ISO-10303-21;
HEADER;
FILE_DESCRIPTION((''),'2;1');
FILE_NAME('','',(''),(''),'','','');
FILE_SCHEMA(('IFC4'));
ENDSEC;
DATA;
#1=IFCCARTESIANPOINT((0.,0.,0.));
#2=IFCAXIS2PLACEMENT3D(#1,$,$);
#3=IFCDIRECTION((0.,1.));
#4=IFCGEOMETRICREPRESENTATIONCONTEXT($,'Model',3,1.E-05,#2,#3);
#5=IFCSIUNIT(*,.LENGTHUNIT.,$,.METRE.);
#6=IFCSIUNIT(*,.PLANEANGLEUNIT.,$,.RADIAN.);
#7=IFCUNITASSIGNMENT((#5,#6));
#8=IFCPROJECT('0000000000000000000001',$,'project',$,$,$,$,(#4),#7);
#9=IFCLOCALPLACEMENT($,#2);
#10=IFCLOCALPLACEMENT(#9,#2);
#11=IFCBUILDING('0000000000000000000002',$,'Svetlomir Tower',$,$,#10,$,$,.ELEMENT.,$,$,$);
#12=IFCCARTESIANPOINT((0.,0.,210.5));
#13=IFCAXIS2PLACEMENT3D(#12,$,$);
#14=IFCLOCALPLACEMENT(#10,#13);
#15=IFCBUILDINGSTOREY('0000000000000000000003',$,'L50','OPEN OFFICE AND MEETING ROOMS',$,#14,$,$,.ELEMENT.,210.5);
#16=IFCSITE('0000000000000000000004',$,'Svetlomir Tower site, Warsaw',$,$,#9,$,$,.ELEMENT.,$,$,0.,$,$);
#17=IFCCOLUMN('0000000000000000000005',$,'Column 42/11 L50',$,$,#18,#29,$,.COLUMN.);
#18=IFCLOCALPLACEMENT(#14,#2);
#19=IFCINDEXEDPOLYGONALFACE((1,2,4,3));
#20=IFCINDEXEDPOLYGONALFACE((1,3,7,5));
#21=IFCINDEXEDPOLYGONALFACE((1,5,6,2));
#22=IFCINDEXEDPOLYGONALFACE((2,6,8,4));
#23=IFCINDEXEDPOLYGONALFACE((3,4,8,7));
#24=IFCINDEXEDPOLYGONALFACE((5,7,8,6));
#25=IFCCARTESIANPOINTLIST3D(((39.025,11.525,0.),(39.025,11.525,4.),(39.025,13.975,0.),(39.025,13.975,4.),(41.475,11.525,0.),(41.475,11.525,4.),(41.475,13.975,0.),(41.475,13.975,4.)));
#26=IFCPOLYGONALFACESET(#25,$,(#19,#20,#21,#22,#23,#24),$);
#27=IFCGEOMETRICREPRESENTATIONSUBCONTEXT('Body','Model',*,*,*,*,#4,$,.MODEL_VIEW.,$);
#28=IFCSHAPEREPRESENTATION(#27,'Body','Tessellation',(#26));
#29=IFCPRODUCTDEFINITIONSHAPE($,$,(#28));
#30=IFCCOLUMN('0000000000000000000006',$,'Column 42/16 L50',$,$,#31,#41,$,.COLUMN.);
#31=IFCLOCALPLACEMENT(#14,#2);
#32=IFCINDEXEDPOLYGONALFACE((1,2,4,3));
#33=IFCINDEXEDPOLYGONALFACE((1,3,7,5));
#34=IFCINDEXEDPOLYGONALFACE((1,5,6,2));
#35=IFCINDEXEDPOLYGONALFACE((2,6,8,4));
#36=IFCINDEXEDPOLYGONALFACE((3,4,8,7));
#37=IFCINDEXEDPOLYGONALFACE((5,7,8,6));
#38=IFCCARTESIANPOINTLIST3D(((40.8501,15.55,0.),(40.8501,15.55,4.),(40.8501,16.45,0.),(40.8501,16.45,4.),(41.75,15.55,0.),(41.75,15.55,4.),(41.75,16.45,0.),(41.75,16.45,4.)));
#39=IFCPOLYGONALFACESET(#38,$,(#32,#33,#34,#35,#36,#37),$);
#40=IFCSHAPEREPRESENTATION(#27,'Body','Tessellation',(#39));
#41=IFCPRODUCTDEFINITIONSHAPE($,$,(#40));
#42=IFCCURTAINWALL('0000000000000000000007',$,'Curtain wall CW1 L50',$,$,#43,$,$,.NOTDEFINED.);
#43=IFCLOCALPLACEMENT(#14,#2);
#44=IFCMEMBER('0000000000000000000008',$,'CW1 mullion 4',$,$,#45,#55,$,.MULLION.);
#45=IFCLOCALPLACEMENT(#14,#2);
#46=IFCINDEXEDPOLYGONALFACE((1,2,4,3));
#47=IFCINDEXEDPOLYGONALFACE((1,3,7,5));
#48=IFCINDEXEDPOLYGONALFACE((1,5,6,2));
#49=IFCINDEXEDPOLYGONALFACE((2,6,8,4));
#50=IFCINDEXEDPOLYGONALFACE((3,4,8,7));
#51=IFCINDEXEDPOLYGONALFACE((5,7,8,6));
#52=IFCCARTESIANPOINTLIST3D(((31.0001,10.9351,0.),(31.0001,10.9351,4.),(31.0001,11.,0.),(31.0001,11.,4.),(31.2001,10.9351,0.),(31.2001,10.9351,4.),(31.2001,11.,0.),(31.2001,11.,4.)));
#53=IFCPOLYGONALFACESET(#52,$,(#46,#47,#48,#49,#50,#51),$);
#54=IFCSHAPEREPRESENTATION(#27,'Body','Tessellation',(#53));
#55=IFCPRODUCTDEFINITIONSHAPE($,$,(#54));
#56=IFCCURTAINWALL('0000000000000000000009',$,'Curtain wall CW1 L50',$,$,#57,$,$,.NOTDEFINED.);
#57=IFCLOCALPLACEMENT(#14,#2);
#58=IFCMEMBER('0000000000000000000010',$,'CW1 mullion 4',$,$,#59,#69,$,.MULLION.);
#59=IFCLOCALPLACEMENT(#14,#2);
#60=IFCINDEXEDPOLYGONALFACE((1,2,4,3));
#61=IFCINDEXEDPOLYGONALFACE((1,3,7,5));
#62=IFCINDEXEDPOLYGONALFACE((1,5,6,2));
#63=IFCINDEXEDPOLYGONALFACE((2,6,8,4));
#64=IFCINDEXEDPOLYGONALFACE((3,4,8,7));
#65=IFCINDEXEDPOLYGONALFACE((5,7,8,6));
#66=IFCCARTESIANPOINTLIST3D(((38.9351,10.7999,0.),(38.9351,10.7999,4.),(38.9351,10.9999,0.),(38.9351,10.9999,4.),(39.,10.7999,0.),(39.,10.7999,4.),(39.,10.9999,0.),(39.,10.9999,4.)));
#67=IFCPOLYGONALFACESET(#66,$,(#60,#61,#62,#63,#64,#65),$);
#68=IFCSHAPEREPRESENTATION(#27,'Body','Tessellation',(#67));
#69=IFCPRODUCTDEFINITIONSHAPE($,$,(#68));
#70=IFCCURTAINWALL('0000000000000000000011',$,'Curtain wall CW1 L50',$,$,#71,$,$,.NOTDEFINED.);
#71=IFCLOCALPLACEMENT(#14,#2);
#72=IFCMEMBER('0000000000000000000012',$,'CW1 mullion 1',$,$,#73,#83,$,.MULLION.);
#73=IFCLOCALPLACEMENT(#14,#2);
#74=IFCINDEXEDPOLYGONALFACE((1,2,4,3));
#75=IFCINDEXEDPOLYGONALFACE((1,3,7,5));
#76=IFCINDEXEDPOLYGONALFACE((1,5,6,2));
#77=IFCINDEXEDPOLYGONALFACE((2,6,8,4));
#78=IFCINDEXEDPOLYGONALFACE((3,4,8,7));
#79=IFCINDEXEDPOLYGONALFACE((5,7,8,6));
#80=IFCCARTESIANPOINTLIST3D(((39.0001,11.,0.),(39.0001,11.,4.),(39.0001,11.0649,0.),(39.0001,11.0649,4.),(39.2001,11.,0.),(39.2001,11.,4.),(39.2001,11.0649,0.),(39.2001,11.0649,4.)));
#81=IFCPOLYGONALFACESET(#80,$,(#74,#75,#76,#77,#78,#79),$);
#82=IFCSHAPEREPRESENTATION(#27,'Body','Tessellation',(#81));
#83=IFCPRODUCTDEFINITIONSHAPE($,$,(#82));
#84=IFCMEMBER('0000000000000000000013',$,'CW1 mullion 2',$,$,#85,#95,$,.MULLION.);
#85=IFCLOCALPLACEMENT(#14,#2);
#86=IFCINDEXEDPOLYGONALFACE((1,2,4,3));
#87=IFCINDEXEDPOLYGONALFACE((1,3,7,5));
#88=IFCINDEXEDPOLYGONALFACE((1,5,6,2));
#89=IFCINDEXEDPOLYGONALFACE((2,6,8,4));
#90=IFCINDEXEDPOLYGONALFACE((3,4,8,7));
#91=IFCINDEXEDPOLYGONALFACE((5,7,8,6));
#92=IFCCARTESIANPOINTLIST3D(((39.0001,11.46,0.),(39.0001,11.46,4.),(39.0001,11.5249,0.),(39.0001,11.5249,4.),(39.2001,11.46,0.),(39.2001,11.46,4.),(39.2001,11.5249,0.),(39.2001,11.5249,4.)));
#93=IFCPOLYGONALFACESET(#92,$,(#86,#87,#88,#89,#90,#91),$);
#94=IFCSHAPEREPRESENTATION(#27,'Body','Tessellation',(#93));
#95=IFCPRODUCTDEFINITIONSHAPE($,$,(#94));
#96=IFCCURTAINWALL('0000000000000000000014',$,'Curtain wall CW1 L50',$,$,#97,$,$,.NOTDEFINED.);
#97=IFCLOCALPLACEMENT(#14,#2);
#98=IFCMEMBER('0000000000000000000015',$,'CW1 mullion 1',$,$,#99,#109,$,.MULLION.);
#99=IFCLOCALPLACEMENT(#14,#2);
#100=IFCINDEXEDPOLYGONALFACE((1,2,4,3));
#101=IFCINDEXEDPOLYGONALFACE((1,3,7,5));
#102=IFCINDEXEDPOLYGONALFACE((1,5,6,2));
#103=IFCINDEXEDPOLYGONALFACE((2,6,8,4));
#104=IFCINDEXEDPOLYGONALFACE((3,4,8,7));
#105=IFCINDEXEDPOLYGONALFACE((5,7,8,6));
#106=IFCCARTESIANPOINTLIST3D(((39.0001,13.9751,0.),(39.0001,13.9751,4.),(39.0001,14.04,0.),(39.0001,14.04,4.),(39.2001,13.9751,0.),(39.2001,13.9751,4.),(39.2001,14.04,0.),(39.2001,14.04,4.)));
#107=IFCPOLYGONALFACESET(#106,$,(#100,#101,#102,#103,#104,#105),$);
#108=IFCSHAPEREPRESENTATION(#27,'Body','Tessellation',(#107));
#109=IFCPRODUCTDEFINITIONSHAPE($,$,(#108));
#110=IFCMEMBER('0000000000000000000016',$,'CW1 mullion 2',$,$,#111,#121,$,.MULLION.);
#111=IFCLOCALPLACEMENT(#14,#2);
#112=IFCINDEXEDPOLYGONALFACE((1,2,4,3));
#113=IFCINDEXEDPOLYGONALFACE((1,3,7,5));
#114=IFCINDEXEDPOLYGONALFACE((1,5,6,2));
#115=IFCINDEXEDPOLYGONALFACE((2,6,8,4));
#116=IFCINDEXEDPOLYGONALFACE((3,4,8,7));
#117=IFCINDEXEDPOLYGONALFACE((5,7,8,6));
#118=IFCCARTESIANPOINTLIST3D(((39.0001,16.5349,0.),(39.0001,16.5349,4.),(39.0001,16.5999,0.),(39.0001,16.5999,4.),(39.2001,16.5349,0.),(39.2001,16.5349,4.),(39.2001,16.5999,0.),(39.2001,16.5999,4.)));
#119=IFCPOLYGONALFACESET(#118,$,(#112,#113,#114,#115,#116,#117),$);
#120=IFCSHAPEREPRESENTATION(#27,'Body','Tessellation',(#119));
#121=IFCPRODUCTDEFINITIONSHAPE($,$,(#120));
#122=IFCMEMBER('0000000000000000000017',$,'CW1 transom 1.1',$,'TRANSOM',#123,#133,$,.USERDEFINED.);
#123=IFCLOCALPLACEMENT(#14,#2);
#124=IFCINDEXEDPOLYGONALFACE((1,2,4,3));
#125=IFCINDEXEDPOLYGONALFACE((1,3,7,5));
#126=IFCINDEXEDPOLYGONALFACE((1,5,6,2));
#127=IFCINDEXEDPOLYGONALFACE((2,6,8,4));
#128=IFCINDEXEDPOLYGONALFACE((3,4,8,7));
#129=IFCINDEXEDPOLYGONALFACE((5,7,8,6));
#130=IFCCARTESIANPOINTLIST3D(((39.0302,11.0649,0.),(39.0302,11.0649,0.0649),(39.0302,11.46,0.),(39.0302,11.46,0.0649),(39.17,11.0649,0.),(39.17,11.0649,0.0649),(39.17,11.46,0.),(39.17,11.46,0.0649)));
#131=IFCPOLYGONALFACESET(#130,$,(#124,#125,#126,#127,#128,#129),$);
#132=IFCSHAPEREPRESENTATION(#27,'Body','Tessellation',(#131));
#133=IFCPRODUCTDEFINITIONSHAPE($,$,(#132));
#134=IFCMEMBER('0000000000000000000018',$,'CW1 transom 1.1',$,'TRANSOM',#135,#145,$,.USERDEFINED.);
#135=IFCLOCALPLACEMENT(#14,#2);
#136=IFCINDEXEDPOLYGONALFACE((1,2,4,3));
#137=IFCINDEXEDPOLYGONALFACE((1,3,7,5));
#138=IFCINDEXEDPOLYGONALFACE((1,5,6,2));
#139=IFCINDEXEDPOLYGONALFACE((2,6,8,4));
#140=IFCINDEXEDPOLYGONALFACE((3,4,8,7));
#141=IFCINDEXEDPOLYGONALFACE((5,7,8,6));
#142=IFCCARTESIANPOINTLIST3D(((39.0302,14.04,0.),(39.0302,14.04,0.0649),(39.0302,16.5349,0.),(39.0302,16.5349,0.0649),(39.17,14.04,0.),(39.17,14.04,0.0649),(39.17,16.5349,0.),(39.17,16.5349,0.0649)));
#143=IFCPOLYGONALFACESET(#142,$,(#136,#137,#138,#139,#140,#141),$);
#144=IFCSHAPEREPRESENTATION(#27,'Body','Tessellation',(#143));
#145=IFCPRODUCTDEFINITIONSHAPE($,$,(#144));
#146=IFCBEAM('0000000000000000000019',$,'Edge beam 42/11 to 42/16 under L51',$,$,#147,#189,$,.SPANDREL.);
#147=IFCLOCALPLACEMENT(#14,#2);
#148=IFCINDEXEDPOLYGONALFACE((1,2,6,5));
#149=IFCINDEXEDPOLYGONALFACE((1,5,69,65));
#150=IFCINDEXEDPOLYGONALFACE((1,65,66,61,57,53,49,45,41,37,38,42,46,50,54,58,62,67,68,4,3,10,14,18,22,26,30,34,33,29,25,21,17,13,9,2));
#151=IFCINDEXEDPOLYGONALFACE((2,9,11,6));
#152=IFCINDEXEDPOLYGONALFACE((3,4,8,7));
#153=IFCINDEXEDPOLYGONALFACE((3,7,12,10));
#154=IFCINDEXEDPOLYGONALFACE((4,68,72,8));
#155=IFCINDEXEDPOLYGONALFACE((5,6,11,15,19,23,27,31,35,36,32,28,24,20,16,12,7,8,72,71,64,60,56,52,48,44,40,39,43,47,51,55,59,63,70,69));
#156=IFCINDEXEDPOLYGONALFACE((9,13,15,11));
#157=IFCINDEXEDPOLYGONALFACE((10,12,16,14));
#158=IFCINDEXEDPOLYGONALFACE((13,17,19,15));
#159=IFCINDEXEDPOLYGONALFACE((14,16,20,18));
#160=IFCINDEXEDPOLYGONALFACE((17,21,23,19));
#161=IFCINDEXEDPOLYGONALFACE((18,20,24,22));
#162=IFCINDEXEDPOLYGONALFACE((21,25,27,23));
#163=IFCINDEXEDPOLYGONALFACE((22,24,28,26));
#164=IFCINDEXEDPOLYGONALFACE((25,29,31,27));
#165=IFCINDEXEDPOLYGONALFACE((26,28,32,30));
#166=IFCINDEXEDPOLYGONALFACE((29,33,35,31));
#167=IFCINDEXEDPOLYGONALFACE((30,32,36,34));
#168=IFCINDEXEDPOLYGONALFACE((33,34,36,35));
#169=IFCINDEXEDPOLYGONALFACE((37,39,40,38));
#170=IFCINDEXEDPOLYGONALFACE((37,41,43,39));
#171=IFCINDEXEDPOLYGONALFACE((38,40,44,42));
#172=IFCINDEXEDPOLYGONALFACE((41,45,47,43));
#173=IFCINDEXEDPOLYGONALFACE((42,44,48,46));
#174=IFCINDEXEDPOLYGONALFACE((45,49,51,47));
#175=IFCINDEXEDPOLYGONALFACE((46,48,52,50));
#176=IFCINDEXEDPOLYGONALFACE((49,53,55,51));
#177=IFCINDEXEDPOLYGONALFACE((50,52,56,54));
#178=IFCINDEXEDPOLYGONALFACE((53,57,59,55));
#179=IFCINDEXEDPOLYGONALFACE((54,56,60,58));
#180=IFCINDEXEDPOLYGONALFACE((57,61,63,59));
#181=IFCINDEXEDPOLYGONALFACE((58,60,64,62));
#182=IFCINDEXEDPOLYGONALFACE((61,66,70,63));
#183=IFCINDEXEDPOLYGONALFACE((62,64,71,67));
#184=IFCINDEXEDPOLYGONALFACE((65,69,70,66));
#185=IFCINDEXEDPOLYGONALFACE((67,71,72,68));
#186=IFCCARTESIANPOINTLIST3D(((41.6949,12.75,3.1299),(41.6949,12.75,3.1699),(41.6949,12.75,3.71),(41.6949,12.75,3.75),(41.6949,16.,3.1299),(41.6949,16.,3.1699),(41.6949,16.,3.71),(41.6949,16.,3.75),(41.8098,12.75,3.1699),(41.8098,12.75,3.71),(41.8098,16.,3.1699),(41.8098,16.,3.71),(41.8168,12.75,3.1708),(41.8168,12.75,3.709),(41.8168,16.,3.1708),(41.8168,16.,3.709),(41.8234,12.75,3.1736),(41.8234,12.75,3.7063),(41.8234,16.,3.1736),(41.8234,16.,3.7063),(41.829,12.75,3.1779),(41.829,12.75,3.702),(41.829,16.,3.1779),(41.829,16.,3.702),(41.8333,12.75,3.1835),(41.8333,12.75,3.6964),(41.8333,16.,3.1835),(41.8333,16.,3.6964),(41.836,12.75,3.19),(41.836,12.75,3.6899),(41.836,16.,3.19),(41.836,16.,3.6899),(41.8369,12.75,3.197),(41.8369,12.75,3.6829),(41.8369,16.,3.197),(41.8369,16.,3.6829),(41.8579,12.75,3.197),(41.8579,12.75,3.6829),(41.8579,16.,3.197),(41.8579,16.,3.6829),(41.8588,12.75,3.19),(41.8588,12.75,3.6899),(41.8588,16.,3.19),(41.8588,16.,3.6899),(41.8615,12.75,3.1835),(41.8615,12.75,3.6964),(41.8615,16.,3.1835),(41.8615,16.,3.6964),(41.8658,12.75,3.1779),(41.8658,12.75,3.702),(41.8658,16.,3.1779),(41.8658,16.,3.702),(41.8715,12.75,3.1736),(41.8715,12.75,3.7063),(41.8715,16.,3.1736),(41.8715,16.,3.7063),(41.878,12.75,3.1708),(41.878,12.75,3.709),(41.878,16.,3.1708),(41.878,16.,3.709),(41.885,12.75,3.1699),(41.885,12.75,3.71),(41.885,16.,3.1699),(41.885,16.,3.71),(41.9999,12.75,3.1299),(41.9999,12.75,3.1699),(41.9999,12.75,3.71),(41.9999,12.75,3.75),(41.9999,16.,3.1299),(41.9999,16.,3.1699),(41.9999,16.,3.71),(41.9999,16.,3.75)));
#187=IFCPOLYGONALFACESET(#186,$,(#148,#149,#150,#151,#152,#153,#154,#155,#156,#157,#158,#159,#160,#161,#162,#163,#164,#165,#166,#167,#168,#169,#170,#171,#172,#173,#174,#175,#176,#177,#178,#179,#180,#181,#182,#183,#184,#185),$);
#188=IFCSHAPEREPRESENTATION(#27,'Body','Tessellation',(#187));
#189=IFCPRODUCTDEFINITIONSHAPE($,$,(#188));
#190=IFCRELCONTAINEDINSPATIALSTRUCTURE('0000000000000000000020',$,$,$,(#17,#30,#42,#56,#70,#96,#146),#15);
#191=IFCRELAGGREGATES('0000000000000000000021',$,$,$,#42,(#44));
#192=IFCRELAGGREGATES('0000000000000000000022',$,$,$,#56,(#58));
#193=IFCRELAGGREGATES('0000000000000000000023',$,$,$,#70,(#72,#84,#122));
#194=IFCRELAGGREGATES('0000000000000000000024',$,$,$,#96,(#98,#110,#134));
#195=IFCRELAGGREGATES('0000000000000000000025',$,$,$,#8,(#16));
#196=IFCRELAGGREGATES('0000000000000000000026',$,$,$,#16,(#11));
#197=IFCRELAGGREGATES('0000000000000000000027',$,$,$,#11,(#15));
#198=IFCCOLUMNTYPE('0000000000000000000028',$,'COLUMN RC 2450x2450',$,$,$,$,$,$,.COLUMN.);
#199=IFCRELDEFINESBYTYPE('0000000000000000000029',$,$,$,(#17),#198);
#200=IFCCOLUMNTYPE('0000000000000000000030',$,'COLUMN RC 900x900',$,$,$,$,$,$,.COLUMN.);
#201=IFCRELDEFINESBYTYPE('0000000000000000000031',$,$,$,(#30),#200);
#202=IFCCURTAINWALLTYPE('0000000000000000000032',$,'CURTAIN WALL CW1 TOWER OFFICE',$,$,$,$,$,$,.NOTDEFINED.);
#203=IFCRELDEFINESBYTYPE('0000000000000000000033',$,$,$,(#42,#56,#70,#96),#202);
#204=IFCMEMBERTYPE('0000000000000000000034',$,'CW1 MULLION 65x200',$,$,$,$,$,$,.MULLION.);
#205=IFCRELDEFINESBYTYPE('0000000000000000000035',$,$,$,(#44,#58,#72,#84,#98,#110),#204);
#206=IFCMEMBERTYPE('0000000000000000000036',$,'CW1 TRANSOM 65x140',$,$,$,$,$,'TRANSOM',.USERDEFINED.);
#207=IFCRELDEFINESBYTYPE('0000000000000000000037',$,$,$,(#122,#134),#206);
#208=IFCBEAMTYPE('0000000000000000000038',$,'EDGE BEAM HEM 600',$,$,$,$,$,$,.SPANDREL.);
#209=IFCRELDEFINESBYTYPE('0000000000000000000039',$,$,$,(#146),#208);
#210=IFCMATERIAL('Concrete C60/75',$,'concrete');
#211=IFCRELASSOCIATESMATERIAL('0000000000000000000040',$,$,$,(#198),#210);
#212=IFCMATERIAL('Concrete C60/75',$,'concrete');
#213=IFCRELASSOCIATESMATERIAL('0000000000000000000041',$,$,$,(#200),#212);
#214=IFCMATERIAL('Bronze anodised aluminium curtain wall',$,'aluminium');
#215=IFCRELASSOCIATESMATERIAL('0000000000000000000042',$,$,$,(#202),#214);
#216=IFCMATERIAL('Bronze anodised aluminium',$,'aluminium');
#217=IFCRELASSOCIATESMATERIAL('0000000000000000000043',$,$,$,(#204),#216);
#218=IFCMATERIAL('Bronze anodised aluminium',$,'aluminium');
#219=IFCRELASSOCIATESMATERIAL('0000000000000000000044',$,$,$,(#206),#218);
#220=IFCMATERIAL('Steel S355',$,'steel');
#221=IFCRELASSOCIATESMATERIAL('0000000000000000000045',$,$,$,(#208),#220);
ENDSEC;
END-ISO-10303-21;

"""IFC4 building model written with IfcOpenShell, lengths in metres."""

from ifc_helpers import new_model, si_unit, direction, frame, origin, origin_2d, place, context, subcontext, project, spatial, rectangle, i_section, extrude, material, material_profile, profile_set, type_object, element, aggregate, save


model = new_model("IFC4")

# Units and contexts
model_context = context("Model", 3, precision=1e-05, world=origin(), true_north=direction((0.0, 1.0)))
body_context = subcontext(model_context, "Body", "Model", "MODEL_VIEW")
ifc_project = project(units=[si_unit("LENGTHUNIT", "METRE"), si_unit("PLANEANGLEUNIT", "RADIAN")], contexts=[model_context])

# Site, building, storey
site_placement = place(None, origin())
site = spatial("IfcSite", under=ifc_project, at=site_placement, Name="Svetlomir Tower site, Warsaw", CompositionType="ELEMENT", RefElevation=0.0)
building_placement = place(site_placement, origin())
building = spatial("IfcBuilding", under=site, at=building_placement, Name="Svetlomir Tower", CompositionType="ELEMENT")
storey_placement = place(building_placement, frame((0.0, 0.0, 210.5)))
storey = spatial("IfcBuildingStorey", under=building, at=storey_placement, Name="L50", Description="OPEN OFFICE AND MEETING ROOMS", CompositionType="ELEMENT", Elevation=210.5)

# Columns
ifc_material_1 = material(Name="Concrete C60/75", Category="concrete")
ifc_material_profile_1 = material_profile(ifc_material_1, rectangle(XDim=2.45, YDim=2.45, at=origin_2d()), Name="RC 2450x2450")
ifc_profile_set_1 = profile_set([ifc_material_profile_1], Name="Concrete C60/75")
column_type_1 = type_object("IfcColumnType", Name="COLUMN RC 2450x2450", PredefinedType="COLUMN", material=ifc_profile_set_1)
column_1_placement = place(storey_placement, frame((40.25, 12.75, 0.0), z_axis=(0.0, 0.0, 1.0), x_axis=(1.0, 0.0, 0.0)))
element("IfcColumn", 1, at=column_1_placement, inside=storey, type_object=column_type_1, Name="Column 42/11 L50", PredefinedType="COLUMN", context=body_context, shape_type="SweptSolid", body=[
    extrude(rectangle(XDim=2.45, YDim=2.45, at=origin_2d()), origin(), (0.0, 0.0, 1.0), 4.0),
])
ifc_material_2 = material(Name="Concrete C60/75", Category="concrete")
ifc_material_profile_2 = material_profile(ifc_material_2, rectangle(XDim=0.8999, YDim=0.8999, at=origin_2d()), Name="RC 900x900")
ifc_profile_set_2 = profile_set([ifc_material_profile_2], Name="Concrete C60/75")
column_type_2 = type_object("IfcColumnType", Name="COLUMN RC 900x900", PredefinedType="COLUMN", material=ifc_profile_set_2)
column_2_placement = place(storey_placement, frame((41.3, 16.0, 0.0), z_axis=(0.0, 0.0, 1.0), x_axis=(1.0, 0.0, 0.0)))
element("IfcColumn", 2, at=column_2_placement, inside=storey, type_object=column_type_2, Name="Column 42/16 L50", PredefinedType="COLUMN", context=body_context, shape_type="SweptSolid", body=[
    extrude(rectangle(XDim=0.8999, YDim=0.8999, at=origin_2d()), origin(), (0.0, 0.0, 1.0), 4.0),
])

# Curtain walls, members
ifc_material_3 = material(Name="Bronze anodised aluminium curtain wall", Category="aluminium")
curtain_wall_type = type_object("IfcCurtainWallType", Name="CURTAIN WALL CW1 TOWER OFFICE", PredefinedType="NOTDEFINED", material=ifc_material_3)
curtain_wall_1_placement = place(storey_placement, origin())
curtain_wall_1 = element("IfcCurtainWall", 3, at=curtain_wall_1_placement, inside=storey, type_object=curtain_wall_type, Name="Curtain wall CW1 L50", PredefinedType="NOTDEFINED")
ifc_material_4 = material(Name="Bronze anodised aluminium", Category="aluminium")
ifc_material_profile_3 = material_profile(ifc_material_4, rectangle(XDim=0.0649, YDim=0.2, at=origin_2d()), Name="AL 65x200")
ifc_profile_set_3 = profile_set([ifc_material_profile_3], Name="Bronze anodised aluminium 6063-T6")
member_type_1 = type_object("IfcMemberType", Name="CW1 MULLION 65x200", PredefinedType="MULLION", material=ifc_profile_set_3)
member_1_placement = place(storey_placement, frame((31.1001, 10.9675, 0.0), z_axis=(0.0, 0.0, 1.0), x_axis=(0.0, 1.0, 0.0)))
member_1 = element("IfcMember", 4, at=member_1_placement, type_object=member_type_1, Name="CW1 mullion 4", PredefinedType="MULLION", context=body_context, shape_type="SweptSolid", body=[
    extrude(rectangle(XDim=0.0649, YDim=0.2, at=origin_2d()), origin(), (0.0, 0.0, 1.0), 4.0),
])
aggregate(curtain_wall_1, [member_1])
curtain_wall_2_placement = place(storey_placement, origin())
curtain_wall_2 = element("IfcCurtainWall", 5, at=curtain_wall_2_placement, inside=storey, type_object=curtain_wall_type, Name="Curtain wall CW1 L50", PredefinedType="NOTDEFINED")
member_2_placement = place(storey_placement, frame((38.9675, 10.8999, 0.0), z_axis=(0.0, 0.0, 1.0), x_axis=(1.0, 0.0, 0.0)))
member_2 = element("IfcMember", 6, at=member_2_placement, type_object=member_type_1, Name="CW1 mullion 4", PredefinedType="MULLION", context=body_context, shape_type="SweptSolid", body=[
    extrude(rectangle(XDim=0.0649, YDim=0.2, at=origin_2d()), origin(), (0.0, 0.0, 1.0), 4.0),
])
aggregate(curtain_wall_2, [member_2])

# Curtain walls, members
curtain_wall_3_placement = place(storey_placement, origin())
curtain_wall_3 = element("IfcCurtainWall", 7, at=curtain_wall_3_placement, inside=storey, type_object=curtain_wall_type, Name="Curtain wall CW1 L50", PredefinedType="NOTDEFINED")
member_3_placement = place(storey_placement, frame((39.1001, 11.0325, 0.0), z_axis=(0.0, 0.0, 1.0), x_axis=(0.0, 1.0, 0.0)))
member_3 = element("IfcMember", 8, at=member_3_placement, type_object=member_type_1, Name="CW1 mullion 1", PredefinedType="MULLION", context=body_context, shape_type="SweptSolid", body=[
    extrude(rectangle(XDim=0.0649, YDim=0.2, at=origin_2d()), origin(), (0.0, 0.0, 1.0), 4.0),
])
member_4_placement = place(storey_placement, frame((39.1001, 11.4924, 0.0), z_axis=(0.0, 0.0, 1.0), x_axis=(0.0, 1.0, 0.0)))
member_4 = element("IfcMember", 9, at=member_4_placement, type_object=member_type_1, Name="CW1 mullion 2", PredefinedType="MULLION", context=body_context, shape_type="SweptSolid", body=[
    extrude(rectangle(XDim=0.0649, YDim=0.2, at=origin_2d()), origin(), (0.0, 0.0, 1.0), 4.0),
])
curtain_wall_4_placement = place(storey_placement, origin())
curtain_wall_4 = element("IfcCurtainWall", 10, at=curtain_wall_4_placement, inside=storey, type_object=curtain_wall_type, Name="Curtain wall CW1 L50", PredefinedType="NOTDEFINED")
member_5_placement = place(storey_placement, frame((39.1001, 14.0076, 0.0), z_axis=(0.0, 0.0, 1.0), x_axis=(0.0, 1.0, 0.0)))
member_5 = element("IfcMember", 11, at=member_5_placement, type_object=member_type_1, Name="CW1 mullion 1", PredefinedType="MULLION", context=body_context, shape_type="SweptSolid", body=[
    extrude(rectangle(XDim=0.0649, YDim=0.2, at=origin_2d()), origin(), (0.0, 0.0, 1.0), 4.0),
])
member_6_placement = place(storey_placement, frame((39.1001, 16.5674, 0.0), z_axis=(0.0, 0.0, 1.0), x_axis=(0.0, 1.0, 0.0)))
member_6 = element("IfcMember", 12, at=member_6_placement, type_object=member_type_1, Name="CW1 mullion 2", PredefinedType="MULLION", context=body_context, shape_type="SweptSolid", body=[
    extrude(rectangle(XDim=0.0649, YDim=0.2, at=origin_2d()), origin(), (0.0, 0.0, 1.0), 4.0),
])

# Members
ifc_material_5 = material(Name="Bronze anodised aluminium", Category="aluminium")
ifc_material_profile_4 = material_profile(ifc_material_5, rectangle(XDim=0.1399, YDim=0.0649, at=origin_2d()), Name="AL 140x65")
ifc_profile_set_4 = profile_set([ifc_material_profile_4], Name="Bronze anodised aluminium 6063-T6")
member_type_2 = type_object("IfcMemberType", Name="CW1 TRANSOM 65x140", ElementType="TRANSOM", PredefinedType="USERDEFINED", material=ifc_profile_set_4)
member_7_placement = place(storey_placement, frame((39.1001, 11.0649, 0.0325), z_axis=(0.0, 1.0, 0.0), x_axis=(-1.0, 0.0, 0.0)))
member_7 = element("IfcMember", 13, at=member_7_placement, type_object=member_type_2, Name="CW1 transom 1.1", ObjectType="TRANSOM", PredefinedType="USERDEFINED", context=body_context, shape_type="SweptSolid", body=[
    extrude(rectangle(XDim=0.1399, YDim=0.0649, at=origin_2d()), origin(), (0.0, 0.0, 1.0), 0.395),
])
member_8_placement = place(storey_placement, frame((39.1001, 14.04, 0.0325), z_axis=(0.0, 1.0, 0.0), x_axis=(-1.0, 0.0, 0.0)))
member_8 = element("IfcMember", 14, at=member_8_placement, type_object=member_type_2, Name="CW1 transom 1.1", ObjectType="TRANSOM", PredefinedType="USERDEFINED", context=body_context, shape_type="SweptSolid", body=[
    extrude(rectangle(XDim=0.1399, YDim=0.0649, at=origin_2d()), origin(), (0.0, 0.0, 1.0), 2.4949),
])

# Beam
ifc_material_6 = material(Name="Steel S355", Category="steel")
ifc_material_profile_5 = material_profile(ifc_material_6, i_section(OverallWidth=0.3049, OverallDepth=0.6201, WebThickness=0.021, FlangeThickness=0.04, FilletRadius=0.0271, at=origin_2d()), Name="HEM 600")
ifc_profile_set_5 = profile_set([ifc_material_profile_5], Name="Steel S355")
beam_type_1 = type_object("IfcBeamType", Name="EDGE BEAM HEM 600", PredefinedType="SPANDREL", material=ifc_profile_set_5)
beam_1_placement = place(storey_placement, frame((41.8474, 12.75, 3.4399), z_axis=(0.0, 1.0, 0.0), x_axis=(-1.0, 0.0, 0.0)))
element("IfcBeam", 15, at=beam_1_placement, inside=storey, type_object=beam_type_1, Name="Edge beam 42/11 to 42/16 under L51", PredefinedType="SPANDREL", context=body_context, shape_type="SweptSolid", body=[
    extrude(i_section(OverallWidth=0.3049, OverallDepth=0.6201, WebThickness=0.021, FlangeThickness=0.04, FilletRadius=0.0271, at=origin_2d()), origin(), (0.0, 0.0, 1.0), 3.25),
])

aggregate(curtain_wall_3, [member_3, member_4, member_7])
aggregate(curtain_wall_4, [member_5, member_6, member_8])

save(model, "model.ifc")
